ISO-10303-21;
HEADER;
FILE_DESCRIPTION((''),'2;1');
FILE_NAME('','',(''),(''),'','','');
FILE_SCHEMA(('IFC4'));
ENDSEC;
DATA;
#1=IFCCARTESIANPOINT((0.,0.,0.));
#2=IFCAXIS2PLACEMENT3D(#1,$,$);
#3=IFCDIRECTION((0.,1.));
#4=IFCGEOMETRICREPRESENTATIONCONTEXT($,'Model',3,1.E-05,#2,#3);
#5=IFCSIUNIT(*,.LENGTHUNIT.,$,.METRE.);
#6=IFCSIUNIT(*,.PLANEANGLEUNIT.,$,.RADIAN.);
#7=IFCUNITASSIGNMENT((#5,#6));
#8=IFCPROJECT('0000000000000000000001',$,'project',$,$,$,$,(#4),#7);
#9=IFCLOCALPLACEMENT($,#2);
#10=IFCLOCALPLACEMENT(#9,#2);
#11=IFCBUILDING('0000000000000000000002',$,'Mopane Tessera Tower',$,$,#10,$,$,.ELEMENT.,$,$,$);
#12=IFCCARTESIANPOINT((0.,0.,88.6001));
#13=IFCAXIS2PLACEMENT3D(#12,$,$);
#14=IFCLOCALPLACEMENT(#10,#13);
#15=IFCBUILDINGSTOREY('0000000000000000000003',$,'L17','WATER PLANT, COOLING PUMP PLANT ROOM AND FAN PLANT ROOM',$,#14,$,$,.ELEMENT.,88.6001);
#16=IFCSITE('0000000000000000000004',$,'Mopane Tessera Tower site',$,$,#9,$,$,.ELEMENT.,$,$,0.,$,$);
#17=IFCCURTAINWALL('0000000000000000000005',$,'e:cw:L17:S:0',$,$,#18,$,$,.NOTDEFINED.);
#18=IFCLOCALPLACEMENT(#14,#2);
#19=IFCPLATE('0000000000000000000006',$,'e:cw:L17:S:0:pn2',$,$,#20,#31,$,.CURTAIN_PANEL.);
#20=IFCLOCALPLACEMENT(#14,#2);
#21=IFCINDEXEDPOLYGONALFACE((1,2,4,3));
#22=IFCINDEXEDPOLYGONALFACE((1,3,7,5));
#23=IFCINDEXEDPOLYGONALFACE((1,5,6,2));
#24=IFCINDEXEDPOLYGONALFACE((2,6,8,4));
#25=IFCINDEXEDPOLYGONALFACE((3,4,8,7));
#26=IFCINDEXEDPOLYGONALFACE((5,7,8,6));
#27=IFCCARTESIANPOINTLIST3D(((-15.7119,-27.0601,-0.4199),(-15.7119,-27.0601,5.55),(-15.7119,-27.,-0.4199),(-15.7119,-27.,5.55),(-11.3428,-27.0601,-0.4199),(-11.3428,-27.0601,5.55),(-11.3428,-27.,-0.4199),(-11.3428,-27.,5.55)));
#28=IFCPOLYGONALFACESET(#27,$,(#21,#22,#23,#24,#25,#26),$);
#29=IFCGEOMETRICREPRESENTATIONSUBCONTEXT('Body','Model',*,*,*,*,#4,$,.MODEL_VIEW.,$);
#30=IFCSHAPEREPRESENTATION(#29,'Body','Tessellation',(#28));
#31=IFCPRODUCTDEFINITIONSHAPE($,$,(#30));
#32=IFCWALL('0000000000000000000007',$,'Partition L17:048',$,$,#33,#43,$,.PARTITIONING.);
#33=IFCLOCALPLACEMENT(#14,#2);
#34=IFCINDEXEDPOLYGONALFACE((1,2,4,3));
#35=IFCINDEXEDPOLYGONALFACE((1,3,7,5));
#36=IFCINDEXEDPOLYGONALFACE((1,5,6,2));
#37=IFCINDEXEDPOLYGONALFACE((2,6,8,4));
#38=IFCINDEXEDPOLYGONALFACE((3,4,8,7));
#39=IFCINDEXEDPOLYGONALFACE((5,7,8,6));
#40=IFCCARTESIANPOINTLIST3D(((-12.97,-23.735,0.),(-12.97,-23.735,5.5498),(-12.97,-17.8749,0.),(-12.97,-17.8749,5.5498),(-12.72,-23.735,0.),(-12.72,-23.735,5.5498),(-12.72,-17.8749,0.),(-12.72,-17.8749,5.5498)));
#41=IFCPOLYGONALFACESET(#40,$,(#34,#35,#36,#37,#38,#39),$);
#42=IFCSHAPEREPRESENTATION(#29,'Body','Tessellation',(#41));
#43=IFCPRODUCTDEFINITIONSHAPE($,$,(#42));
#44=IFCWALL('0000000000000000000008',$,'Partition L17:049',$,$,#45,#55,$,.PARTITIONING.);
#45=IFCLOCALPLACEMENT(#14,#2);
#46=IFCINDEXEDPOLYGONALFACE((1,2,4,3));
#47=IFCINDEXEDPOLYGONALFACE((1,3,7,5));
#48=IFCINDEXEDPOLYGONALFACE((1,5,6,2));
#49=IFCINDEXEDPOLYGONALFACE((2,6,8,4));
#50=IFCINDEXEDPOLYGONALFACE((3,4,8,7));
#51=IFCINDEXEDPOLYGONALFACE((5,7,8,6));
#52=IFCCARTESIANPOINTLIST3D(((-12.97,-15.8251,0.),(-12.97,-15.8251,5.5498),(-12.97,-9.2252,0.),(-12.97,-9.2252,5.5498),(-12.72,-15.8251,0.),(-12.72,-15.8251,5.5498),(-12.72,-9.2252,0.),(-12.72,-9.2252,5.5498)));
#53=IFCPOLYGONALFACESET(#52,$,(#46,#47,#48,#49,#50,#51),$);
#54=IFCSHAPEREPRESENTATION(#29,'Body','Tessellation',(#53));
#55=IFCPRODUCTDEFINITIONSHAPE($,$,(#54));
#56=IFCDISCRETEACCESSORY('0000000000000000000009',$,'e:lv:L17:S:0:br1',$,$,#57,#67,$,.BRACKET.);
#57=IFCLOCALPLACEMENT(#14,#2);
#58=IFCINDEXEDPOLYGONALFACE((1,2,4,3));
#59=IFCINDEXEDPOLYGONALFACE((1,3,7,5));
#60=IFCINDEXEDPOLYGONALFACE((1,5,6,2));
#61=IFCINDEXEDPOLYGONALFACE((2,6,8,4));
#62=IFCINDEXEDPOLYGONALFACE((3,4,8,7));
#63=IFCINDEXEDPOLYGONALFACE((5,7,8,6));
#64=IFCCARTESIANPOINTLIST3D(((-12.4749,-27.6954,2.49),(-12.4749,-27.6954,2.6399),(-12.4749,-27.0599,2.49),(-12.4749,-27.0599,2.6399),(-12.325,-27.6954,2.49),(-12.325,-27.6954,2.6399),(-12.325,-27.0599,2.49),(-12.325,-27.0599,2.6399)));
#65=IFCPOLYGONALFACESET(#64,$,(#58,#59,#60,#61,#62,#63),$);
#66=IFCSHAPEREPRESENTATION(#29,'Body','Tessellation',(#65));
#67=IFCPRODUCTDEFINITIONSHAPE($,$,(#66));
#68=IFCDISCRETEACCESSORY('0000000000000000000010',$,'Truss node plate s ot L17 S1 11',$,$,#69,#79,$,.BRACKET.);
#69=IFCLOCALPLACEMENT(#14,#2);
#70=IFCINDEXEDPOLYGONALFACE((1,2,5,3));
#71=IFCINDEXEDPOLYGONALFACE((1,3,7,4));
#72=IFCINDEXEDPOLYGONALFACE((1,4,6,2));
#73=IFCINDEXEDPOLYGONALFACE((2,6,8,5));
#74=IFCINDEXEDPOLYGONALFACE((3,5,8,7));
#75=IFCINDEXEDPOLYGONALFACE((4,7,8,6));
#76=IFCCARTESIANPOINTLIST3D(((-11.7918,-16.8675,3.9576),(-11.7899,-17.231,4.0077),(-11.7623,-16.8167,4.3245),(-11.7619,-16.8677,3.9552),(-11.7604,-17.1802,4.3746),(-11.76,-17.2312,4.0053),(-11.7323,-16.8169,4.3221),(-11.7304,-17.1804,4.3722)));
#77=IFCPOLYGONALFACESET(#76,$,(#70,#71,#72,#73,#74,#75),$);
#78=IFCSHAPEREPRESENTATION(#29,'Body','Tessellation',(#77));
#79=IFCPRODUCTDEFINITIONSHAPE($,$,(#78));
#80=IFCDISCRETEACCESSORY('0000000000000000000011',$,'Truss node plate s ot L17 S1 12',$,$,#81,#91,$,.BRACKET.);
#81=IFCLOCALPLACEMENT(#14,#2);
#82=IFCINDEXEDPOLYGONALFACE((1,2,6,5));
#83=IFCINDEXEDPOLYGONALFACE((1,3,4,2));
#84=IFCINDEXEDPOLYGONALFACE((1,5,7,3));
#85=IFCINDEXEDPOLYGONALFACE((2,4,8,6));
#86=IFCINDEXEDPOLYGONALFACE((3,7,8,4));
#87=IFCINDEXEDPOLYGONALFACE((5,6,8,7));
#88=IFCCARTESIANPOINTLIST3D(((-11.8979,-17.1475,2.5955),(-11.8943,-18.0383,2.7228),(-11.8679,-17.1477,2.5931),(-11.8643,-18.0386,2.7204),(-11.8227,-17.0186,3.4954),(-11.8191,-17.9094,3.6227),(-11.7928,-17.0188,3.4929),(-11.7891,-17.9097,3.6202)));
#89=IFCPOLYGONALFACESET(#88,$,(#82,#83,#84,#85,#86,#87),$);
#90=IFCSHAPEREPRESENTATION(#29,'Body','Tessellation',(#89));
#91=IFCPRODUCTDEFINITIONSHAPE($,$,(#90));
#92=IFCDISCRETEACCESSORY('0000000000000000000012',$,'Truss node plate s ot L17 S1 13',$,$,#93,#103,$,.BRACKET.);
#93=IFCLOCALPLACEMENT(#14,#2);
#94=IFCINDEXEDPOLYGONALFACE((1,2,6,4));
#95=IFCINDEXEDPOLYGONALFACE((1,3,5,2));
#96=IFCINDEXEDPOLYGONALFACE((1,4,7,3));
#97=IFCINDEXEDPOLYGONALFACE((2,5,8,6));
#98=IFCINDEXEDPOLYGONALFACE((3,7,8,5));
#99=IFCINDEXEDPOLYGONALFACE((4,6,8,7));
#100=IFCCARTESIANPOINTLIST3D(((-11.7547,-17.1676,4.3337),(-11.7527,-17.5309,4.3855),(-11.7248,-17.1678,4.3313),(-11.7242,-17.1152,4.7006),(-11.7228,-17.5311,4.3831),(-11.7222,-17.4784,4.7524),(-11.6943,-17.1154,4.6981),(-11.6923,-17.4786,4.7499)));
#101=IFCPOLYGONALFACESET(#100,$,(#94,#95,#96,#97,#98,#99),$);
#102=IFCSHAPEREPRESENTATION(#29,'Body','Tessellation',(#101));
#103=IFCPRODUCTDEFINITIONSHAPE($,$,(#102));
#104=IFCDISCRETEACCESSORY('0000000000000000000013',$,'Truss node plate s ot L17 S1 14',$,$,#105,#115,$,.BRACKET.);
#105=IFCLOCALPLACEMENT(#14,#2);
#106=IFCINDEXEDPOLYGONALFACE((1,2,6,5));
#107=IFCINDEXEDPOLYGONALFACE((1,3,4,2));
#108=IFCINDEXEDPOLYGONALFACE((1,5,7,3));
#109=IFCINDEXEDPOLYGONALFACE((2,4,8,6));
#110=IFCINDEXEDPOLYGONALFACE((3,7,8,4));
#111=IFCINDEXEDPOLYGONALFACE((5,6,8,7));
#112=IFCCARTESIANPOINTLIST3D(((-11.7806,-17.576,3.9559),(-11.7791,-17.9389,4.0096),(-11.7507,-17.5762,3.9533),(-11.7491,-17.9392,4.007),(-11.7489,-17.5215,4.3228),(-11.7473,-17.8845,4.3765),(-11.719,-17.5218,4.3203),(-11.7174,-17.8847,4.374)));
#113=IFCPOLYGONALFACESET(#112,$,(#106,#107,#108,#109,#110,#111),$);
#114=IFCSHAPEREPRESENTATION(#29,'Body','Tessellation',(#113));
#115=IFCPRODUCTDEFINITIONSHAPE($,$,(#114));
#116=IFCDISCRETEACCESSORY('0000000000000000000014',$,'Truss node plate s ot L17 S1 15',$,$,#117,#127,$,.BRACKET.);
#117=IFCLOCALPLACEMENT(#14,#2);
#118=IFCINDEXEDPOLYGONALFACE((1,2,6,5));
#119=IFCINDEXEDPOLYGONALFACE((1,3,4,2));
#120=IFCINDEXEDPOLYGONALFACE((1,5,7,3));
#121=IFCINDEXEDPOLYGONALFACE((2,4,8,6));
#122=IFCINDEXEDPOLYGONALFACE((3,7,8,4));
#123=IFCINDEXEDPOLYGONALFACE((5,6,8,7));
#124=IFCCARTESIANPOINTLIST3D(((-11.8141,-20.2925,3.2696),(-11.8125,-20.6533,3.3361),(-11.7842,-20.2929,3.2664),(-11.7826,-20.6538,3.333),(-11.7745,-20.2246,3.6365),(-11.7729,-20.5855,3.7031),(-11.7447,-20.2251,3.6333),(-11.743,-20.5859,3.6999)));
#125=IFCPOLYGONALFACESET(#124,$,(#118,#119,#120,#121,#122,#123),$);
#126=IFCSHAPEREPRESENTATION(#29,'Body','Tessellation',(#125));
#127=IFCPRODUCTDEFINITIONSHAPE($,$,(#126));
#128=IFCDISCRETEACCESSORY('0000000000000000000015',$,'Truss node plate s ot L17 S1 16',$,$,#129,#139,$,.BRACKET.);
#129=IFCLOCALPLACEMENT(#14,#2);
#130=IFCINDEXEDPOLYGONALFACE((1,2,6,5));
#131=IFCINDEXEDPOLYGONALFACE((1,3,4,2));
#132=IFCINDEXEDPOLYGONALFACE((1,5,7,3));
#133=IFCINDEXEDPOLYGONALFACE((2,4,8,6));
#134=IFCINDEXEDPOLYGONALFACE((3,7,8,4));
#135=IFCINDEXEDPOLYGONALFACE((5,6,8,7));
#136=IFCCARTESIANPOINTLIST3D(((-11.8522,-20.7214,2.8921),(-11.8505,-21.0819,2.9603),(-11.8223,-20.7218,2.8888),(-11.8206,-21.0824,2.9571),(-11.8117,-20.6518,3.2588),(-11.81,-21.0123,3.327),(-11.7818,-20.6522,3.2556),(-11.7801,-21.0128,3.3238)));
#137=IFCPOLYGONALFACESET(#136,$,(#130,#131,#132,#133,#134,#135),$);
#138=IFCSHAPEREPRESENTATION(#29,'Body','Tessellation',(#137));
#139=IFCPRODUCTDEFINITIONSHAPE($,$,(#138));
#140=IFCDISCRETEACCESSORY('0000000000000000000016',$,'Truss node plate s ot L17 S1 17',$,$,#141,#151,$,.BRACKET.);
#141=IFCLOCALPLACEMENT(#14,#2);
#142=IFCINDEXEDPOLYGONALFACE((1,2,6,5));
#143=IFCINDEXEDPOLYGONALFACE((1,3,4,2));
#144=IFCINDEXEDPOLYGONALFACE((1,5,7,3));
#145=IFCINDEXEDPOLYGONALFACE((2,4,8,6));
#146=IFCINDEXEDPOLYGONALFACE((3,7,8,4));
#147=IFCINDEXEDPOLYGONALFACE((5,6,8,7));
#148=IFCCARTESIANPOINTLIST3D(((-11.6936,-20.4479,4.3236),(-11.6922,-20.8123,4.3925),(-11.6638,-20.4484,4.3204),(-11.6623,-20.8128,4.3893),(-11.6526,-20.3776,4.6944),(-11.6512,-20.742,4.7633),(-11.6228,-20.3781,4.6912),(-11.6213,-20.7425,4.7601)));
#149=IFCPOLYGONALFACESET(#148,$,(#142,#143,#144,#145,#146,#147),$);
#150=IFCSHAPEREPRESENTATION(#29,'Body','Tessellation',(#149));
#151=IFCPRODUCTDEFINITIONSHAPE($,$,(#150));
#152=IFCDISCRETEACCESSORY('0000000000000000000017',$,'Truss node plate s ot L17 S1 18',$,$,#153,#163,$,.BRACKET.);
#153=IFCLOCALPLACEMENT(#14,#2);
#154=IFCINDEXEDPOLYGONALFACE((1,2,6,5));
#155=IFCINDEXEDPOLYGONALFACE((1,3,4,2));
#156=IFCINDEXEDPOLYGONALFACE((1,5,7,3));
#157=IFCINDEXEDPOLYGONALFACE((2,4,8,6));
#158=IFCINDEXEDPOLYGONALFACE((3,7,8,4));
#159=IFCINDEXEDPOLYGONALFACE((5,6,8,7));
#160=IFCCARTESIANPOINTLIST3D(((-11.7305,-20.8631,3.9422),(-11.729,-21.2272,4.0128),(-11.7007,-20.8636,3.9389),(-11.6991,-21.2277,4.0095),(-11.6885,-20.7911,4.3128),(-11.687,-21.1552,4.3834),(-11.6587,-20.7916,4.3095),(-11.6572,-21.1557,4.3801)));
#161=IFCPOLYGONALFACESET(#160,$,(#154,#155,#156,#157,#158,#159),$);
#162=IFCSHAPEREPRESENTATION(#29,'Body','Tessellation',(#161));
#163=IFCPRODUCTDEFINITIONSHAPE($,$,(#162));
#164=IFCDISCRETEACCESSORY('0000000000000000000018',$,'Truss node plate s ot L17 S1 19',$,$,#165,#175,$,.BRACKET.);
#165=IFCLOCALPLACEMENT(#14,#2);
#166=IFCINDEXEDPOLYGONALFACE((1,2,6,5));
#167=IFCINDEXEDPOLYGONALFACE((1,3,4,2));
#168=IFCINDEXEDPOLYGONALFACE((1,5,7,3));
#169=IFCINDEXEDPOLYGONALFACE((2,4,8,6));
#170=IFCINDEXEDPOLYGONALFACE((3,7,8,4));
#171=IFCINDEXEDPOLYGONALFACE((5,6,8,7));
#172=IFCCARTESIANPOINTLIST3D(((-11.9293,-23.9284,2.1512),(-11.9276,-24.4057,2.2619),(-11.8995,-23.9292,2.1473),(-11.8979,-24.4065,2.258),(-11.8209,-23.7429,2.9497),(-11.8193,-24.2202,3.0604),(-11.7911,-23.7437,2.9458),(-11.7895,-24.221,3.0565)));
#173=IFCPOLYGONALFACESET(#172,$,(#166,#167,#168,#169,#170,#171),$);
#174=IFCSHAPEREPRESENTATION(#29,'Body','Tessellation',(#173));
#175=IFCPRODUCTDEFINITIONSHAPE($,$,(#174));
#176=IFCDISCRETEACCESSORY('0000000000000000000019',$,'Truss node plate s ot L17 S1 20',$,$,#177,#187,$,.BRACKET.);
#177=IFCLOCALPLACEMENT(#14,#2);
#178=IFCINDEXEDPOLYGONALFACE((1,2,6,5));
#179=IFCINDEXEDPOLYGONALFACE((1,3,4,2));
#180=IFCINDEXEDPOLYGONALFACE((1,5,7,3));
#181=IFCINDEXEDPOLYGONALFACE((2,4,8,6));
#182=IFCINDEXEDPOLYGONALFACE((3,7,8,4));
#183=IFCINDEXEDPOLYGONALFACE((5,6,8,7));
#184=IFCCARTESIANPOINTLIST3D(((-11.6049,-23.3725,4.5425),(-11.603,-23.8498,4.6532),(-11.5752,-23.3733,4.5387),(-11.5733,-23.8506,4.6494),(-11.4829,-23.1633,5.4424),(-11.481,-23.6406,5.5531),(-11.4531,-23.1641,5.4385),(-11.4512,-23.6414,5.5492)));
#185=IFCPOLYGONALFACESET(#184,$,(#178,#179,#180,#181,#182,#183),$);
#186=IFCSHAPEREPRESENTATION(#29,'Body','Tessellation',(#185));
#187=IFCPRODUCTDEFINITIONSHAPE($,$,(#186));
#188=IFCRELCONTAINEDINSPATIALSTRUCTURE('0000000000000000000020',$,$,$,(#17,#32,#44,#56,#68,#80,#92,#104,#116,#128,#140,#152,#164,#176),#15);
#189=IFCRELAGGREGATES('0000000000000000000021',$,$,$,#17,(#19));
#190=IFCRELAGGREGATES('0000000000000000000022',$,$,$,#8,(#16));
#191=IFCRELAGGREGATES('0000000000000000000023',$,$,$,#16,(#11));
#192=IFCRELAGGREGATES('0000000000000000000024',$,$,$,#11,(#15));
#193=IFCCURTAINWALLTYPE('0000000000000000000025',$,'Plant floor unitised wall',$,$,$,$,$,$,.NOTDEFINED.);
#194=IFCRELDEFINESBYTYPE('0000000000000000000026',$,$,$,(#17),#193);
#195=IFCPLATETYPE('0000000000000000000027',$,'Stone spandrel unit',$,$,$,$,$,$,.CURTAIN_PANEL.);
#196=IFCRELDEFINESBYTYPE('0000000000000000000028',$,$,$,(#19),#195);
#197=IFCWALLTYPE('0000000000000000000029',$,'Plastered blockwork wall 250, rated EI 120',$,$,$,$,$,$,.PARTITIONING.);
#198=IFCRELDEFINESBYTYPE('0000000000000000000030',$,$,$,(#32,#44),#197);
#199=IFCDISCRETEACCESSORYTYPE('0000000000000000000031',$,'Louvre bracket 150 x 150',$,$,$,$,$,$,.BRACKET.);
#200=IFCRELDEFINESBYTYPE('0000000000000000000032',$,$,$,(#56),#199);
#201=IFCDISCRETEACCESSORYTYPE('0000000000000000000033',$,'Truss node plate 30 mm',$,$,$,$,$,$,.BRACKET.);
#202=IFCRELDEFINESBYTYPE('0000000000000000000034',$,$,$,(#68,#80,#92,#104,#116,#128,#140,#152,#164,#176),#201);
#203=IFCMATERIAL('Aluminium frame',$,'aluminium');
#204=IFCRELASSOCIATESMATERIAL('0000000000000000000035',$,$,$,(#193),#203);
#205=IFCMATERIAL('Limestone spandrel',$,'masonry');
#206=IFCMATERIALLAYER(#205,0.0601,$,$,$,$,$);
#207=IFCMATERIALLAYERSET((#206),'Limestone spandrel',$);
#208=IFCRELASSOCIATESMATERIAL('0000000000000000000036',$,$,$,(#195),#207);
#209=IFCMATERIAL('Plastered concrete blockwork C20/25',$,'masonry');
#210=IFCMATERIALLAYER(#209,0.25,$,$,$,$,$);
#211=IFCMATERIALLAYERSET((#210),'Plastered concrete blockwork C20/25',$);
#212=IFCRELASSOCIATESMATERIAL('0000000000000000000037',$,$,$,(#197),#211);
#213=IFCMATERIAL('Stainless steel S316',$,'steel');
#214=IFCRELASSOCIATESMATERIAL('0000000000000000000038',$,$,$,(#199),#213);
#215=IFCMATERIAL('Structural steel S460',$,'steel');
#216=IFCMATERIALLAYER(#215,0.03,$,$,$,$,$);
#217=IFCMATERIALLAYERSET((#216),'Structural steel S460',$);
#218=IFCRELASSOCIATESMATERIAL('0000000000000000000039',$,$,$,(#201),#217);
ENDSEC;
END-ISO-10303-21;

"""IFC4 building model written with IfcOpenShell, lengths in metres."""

from ifc_helpers import new_model, si_unit, direction, frame, frame_2d, origin, origin_2d, place, context, subcontext, project, spatial, rectangle, extrude, material, layer, layer_set, type_object, element, aggregate, save


model = new_model("IFC4")

# Units and contexts
model_context = context("Model", 3, precision=1e-05, world=origin(), true_north=direction((0.0, 1.0)))
body_context = subcontext(model_context, "Body", "Model", "MODEL_VIEW")
ifc_project = project(units=[si_unit("LENGTHUNIT", "METRE"), si_unit("PLANEANGLEUNIT", "RADIAN")], contexts=[model_context])

# Site, building, storey
site_placement = place(None, origin())
site = spatial("IfcSite", under=ifc_project, at=site_placement, Name="Mopane Tessera Tower site", CompositionType="ELEMENT", RefElevation=0.0)
building_placement = place(site_placement, origin())
building = spatial("IfcBuilding", under=site, at=building_placement, Name="Mopane Tessera Tower", CompositionType="ELEMENT")
storey_placement = place(building_placement, frame((0.0, 0.0, 88.6001)))
storey = spatial("IfcBuildingStorey", under=building, at=storey_placement, Name="L17", Description="WATER PLANT, COOLING PUMP PLANT ROOM AND FAN PLANT ROOM", CompositionType="ELEMENT", Elevation=88.6001)

# Curtain wall
ifc_material_1 = material(Name="Aluminium frame", Category="aluminium")
curtain_wall_type = type_object("IfcCurtainWallType", Name="Plant floor unitised wall", PredefinedType="NOTDEFINED", material=ifc_material_1)
curtain_wall_placement = place(storey_placement, origin())
curtain_wall = element("IfcCurtainWall", 1, at=curtain_wall_placement, inside=storey, type_object=curtain_wall_type, Name="e:cw:L17:S:0", PredefinedType="NOTDEFINED")

# Plate
ifc_material_2 = material(Name="Limestone spandrel", Category="masonry")
ifc_layer_1 = layer(ifc_material_2, 0.0601)
ifc_layer_set_1 = layer_set([ifc_layer_1], Name="Limestone spandrel")
plate_type = type_object("IfcPlateType", Name="Stone spandrel unit", PredefinedType="CURTAIN_PANEL", material=ifc_layer_set_1)
plate_placement = place(storey_placement, frame((-13.5273, -27.03, -0.4199), z_axis=(0.0, 0.0, 1.0), x_axis=(1.0, 0.0, 0.0)))
plate = element("IfcPlate", 2, at=plate_placement, type_object=plate_type, Name="e:cw:L17:S:0:pn2", PredefinedType="CURTAIN_PANEL", context=body_context, shape_type="SweptSolid", body=[
    extrude(rectangle(XDim=4.3691, YDim=0.0601, at=origin_2d()), origin(), (0.0, 0.0, 1.0), 5.97),
])
aggregate(curtain_wall, [plate])

# Walls
ifc_material_3 = material(Name="Plastered concrete blockwork C20/25", Category="masonry")
ifc_layer_2 = layer(ifc_material_3, 0.25)
ifc_layer_set_2 = layer_set([ifc_layer_2], Name="Plastered concrete blockwork C20/25")
wall_type = type_object("IfcWallType", Name="Plastered blockwork wall 250, rated EI 120", PredefinedType="PARTITIONING", material=ifc_layer_set_2)
wall_1_placement = place(storey_placement, frame((-12.845, -23.7351, 0.0), z_axis=(0.0, 0.0, 1.0), x_axis=(0.0, 1.0, 0.0)))
element("IfcWall", 3, at=wall_1_placement, inside=storey, type_object=wall_type, Name="Partition L17:048", PredefinedType="PARTITIONING", context=body_context, shape_type="SweptSolid", body=[
    extrude(rectangle(XDim=5.8601, YDim=0.25, at=frame_2d((2.9302, 0.0))), origin(), (0.0, 0.0, 1.0), 5.5498),
])
wall_2_placement = place(storey_placement, frame((-12.845, -15.825, 0.0), z_axis=(0.0, 0.0, 1.0), x_axis=(0.0, 1.0, 0.0)))
element("IfcWall", 4, at=wall_2_placement, inside=storey, type_object=wall_type, Name="Partition L17:049", PredefinedType="PARTITIONING", context=body_context, shape_type="SweptSolid", body=[
    extrude(rectangle(XDim=6.5999, YDim=0.25, at=frame_2d((3.2998, 0.0))), origin(), (0.0, 0.0, 1.0), 5.5498),
])

# Discrete accessories
ifc_material_4 = material(Name="Stainless steel S316", Category="steel")
discrete_accessory_type_1 = type_object("IfcDiscreteAccessoryType", Name="Louvre bracket 150 x 150", PredefinedType="BRACKET", material=ifc_material_4)
discrete_accessory_1_placement = place(storey_placement, frame((-12.3999, -27.3777, 2.49), z_axis=(0.0, 0.0, 1.0), x_axis=(0.0, -1.0, 0.0)))
element("IfcDiscreteAccessory", 5, at=discrete_accessory_1_placement, inside=storey, type_object=discrete_accessory_type_1, Name="e:lv:L17:S:0:br1", PredefinedType="BRACKET", context=body_context, shape_type="SweptSolid", body=[
    extrude(rectangle(XDim=0.6355, YDim=0.1499, at=origin_2d()), origin(), (0.0, 0.0, 1.0), 0.1499),
])
ifc_material_5 = material(Name="Structural steel S460", Category="steel")
ifc_layer_3 = layer(ifc_material_5, 0.03)
ifc_layer_set_3 = layer_set([ifc_layer_3], Name="Structural steel S460")
discrete_accessory_type_2 = type_object("IfcDiscreteAccessoryType", Name="Truss node plate 30 mm", PredefinedType="BRACKET", material=ifc_layer_set_3)
discrete_accessory_2_placement = place(storey_placement, frame((-11.7759, -17.0493, 3.9814), z_axis=(0.079493, 0.13665, 0.987425), x_axis=(0.996822, -0.005734, -0.079456)))
element("IfcDiscreteAccessory", 6, at=discrete_accessory_2_placement, inside=storey, type_object=discrete_accessory_type_2, Name="Truss node plate s ot L17 S1 11", PredefinedType="BRACKET", context=body_context, shape_type="SweptSolid", body=[
    extrude(rectangle(XDim=0.03, YDim=0.3669, at=origin_2d()), origin(), (0.0, 0.0, 1.0), 0.3716),
])
discrete_accessory_3_placement = place(storey_placement, frame((-11.8811, -17.593, 2.658), z_axis=(0.082434, 0.141315, 0.986527), x_axis=(0.996589, -0.007709, -0.08217)))
element("IfcDiscreteAccessory", 7, at=discrete_accessory_3_placement, inside=storey, type_object=discrete_accessory_type_2, Name="Truss node plate s ot L17 S1 12", PredefinedType="BRACKET", context=body_context, shape_type="SweptSolid", body=[
    extrude(rectangle(XDim=0.03, YDim=0.8999, at=origin_2d()), origin(), (0.0, 0.0, 1.0), 0.9121),
])
discrete_accessory_4_placement = place(storey_placement, frame((-11.7388, -17.3494, 4.3584), z_axis=(0.082051, 0.141128, 0.986585), x_axis=(0.996613, -0.006242, -0.081992)))
element("IfcDiscreteAccessory", 8, at=discrete_accessory_4_placement, inside=storey, type_object=discrete_accessory_type_2, Name="Truss node plate s ot L17 S1 13", PredefinedType="BRACKET", context=body_context, shape_type="SweptSolid", body=[
    extrude(rectangle(XDim=0.03, YDim=0.3669, at=origin_2d()), origin(), (0.0, 0.0, 1.0), 0.3718),
])
discrete_accessory_5_placement = place(storey_placement, frame((-11.7649, -17.7576, 3.9814), z_axis=(0.085246, 0.146229, 0.985571), x_axis=(0.996351, -0.008252, -0.084954)))
element("IfcDiscreteAccessory", 9, at=discrete_accessory_5_placement, inside=storey, type_object=discrete_accessory_type_2, Name="Truss node plate s ot L17 S1 14", PredefinedType="BRACKET", context=body_context, shape_type="SweptSolid", body=[
    extrude(rectangle(XDim=0.03, YDim=0.3669, at=origin_2d()), origin(), (0.0, 0.0, 1.0), 0.3723),
])
discrete_accessory_6_placement = place(storey_placement, frame((-11.7983, -20.4731, 3.3013), z_axis=(0.105396, 0.180865, 0.977844), x_axis=(0.99442, -0.014766, -0.104452)))
element("IfcDiscreteAccessory", 10, at=discrete_accessory_6_placement, inside=storey, type_object=discrete_accessory_type_2, Name="Truss node plate s ot L17 S1 15", PredefinedType="BRACKET", context=body_context, shape_type="SweptSolid", body=[
    extrude(rectangle(XDim=0.03, YDim=0.3669, at=origin_2d()), origin(), (0.0, 0.0, 1.0), 0.3752),
])
discrete_accessory_7_placement = place(storey_placement, frame((-11.8364, -20.9019, 2.9246), z_axis=(0.107947, 0.185331, 0.976729), x_axis=(0.994146, -0.015546, -0.106922)))
element("IfcDiscreteAccessory", 11, at=discrete_accessory_7_placement, inside=storey, type_object=discrete_accessory_type_2, Name="Truss node plate s ot L17 S1 16", PredefinedType="BRACKET", context=body_context, shape_type="SweptSolid", body=[
    extrude(rectangle(XDim=0.03, YDim=0.3669, at=origin_2d()), origin(), (0.0, 0.0, 1.0), 0.3755),
])
discrete_accessory_8_placement = place(storey_placement, frame((-11.678, -20.6304, 4.3564), z_axis=(0.108027, 0.18519, 0.976747), x_axis=(0.99414, -0.01619, -0.106881)))
element("IfcDiscreteAccessory", 12, at=discrete_accessory_8_placement, inside=storey, type_object=discrete_accessory_type_2, Name="Truss node plate s ot L17 S1 17", PredefinedType="BRACKET", context=body_context, shape_type="SweptSolid", body=[
    extrude(rectangle(XDim=0.03, YDim=0.3708, at=origin_2d()), origin(), (0.0, 0.0, 1.0), 0.3796),
])
discrete_accessory_9_placement = place(storey_placement, frame((-11.7148, -21.0454, 3.9758), z_axis=(0.110544, 0.189597, 0.975619), x_axis=(0.993862, -0.016966, -0.109314)))
element("IfcDiscreteAccessory", 13, at=discrete_accessory_9_placement, inside=storey, type_object=discrete_accessory_type_2, Name="Truss node plate s ot L17 S1 18", PredefinedType="BRACKET", context=body_context, shape_type="SweptSolid", body=[
    extrude(rectangle(XDim=0.03, YDim=0.3708, at=origin_2d()), origin(), (0.0, 0.0, 1.0), 0.3799),
])
discrete_accessory_10_placement = place(storey_placement, frame((-11.9136, -24.1675, 2.2046), z_axis=(0.131076, 0.224364, 0.96565), x_axis=(0.991367, -0.026417, -0.128429)))
element("IfcDiscreteAccessory", 14, at=discrete_accessory_10_placement, inside=storey, type_object=discrete_accessory_type_2, Name="Truss node plate s ot L17 S1 19", PredefinedType="BRACKET", context=body_context, shape_type="SweptSolid", body=[
    extrude(rectangle(XDim=0.03, YDim=0.49, at=origin_2d()), origin(), (0.0, 0.0, 1.0), 0.8269),
])
discrete_accessory_11_placement = place(storey_placement, frame((-11.5891, -23.6116, 4.5959), z_axis=(0.130986, 0.22451, 0.965628), x_axis=(0.991377, -0.02585, -0.128469)))
element("IfcDiscreteAccessory", 15, at=discrete_accessory_11_placement, inside=storey, type_object=discrete_accessory_type_2, Name="Truss node plate s ot L17 S1 20", PredefinedType="BRACKET", context=body_context, shape_type="SweptSolid", body=[
    extrude(rectangle(XDim=0.03, YDim=0.49, at=origin_2d()), origin(), (0.0, 0.0, 1.0), 0.9319),
])

save(model, "model.ifc")
